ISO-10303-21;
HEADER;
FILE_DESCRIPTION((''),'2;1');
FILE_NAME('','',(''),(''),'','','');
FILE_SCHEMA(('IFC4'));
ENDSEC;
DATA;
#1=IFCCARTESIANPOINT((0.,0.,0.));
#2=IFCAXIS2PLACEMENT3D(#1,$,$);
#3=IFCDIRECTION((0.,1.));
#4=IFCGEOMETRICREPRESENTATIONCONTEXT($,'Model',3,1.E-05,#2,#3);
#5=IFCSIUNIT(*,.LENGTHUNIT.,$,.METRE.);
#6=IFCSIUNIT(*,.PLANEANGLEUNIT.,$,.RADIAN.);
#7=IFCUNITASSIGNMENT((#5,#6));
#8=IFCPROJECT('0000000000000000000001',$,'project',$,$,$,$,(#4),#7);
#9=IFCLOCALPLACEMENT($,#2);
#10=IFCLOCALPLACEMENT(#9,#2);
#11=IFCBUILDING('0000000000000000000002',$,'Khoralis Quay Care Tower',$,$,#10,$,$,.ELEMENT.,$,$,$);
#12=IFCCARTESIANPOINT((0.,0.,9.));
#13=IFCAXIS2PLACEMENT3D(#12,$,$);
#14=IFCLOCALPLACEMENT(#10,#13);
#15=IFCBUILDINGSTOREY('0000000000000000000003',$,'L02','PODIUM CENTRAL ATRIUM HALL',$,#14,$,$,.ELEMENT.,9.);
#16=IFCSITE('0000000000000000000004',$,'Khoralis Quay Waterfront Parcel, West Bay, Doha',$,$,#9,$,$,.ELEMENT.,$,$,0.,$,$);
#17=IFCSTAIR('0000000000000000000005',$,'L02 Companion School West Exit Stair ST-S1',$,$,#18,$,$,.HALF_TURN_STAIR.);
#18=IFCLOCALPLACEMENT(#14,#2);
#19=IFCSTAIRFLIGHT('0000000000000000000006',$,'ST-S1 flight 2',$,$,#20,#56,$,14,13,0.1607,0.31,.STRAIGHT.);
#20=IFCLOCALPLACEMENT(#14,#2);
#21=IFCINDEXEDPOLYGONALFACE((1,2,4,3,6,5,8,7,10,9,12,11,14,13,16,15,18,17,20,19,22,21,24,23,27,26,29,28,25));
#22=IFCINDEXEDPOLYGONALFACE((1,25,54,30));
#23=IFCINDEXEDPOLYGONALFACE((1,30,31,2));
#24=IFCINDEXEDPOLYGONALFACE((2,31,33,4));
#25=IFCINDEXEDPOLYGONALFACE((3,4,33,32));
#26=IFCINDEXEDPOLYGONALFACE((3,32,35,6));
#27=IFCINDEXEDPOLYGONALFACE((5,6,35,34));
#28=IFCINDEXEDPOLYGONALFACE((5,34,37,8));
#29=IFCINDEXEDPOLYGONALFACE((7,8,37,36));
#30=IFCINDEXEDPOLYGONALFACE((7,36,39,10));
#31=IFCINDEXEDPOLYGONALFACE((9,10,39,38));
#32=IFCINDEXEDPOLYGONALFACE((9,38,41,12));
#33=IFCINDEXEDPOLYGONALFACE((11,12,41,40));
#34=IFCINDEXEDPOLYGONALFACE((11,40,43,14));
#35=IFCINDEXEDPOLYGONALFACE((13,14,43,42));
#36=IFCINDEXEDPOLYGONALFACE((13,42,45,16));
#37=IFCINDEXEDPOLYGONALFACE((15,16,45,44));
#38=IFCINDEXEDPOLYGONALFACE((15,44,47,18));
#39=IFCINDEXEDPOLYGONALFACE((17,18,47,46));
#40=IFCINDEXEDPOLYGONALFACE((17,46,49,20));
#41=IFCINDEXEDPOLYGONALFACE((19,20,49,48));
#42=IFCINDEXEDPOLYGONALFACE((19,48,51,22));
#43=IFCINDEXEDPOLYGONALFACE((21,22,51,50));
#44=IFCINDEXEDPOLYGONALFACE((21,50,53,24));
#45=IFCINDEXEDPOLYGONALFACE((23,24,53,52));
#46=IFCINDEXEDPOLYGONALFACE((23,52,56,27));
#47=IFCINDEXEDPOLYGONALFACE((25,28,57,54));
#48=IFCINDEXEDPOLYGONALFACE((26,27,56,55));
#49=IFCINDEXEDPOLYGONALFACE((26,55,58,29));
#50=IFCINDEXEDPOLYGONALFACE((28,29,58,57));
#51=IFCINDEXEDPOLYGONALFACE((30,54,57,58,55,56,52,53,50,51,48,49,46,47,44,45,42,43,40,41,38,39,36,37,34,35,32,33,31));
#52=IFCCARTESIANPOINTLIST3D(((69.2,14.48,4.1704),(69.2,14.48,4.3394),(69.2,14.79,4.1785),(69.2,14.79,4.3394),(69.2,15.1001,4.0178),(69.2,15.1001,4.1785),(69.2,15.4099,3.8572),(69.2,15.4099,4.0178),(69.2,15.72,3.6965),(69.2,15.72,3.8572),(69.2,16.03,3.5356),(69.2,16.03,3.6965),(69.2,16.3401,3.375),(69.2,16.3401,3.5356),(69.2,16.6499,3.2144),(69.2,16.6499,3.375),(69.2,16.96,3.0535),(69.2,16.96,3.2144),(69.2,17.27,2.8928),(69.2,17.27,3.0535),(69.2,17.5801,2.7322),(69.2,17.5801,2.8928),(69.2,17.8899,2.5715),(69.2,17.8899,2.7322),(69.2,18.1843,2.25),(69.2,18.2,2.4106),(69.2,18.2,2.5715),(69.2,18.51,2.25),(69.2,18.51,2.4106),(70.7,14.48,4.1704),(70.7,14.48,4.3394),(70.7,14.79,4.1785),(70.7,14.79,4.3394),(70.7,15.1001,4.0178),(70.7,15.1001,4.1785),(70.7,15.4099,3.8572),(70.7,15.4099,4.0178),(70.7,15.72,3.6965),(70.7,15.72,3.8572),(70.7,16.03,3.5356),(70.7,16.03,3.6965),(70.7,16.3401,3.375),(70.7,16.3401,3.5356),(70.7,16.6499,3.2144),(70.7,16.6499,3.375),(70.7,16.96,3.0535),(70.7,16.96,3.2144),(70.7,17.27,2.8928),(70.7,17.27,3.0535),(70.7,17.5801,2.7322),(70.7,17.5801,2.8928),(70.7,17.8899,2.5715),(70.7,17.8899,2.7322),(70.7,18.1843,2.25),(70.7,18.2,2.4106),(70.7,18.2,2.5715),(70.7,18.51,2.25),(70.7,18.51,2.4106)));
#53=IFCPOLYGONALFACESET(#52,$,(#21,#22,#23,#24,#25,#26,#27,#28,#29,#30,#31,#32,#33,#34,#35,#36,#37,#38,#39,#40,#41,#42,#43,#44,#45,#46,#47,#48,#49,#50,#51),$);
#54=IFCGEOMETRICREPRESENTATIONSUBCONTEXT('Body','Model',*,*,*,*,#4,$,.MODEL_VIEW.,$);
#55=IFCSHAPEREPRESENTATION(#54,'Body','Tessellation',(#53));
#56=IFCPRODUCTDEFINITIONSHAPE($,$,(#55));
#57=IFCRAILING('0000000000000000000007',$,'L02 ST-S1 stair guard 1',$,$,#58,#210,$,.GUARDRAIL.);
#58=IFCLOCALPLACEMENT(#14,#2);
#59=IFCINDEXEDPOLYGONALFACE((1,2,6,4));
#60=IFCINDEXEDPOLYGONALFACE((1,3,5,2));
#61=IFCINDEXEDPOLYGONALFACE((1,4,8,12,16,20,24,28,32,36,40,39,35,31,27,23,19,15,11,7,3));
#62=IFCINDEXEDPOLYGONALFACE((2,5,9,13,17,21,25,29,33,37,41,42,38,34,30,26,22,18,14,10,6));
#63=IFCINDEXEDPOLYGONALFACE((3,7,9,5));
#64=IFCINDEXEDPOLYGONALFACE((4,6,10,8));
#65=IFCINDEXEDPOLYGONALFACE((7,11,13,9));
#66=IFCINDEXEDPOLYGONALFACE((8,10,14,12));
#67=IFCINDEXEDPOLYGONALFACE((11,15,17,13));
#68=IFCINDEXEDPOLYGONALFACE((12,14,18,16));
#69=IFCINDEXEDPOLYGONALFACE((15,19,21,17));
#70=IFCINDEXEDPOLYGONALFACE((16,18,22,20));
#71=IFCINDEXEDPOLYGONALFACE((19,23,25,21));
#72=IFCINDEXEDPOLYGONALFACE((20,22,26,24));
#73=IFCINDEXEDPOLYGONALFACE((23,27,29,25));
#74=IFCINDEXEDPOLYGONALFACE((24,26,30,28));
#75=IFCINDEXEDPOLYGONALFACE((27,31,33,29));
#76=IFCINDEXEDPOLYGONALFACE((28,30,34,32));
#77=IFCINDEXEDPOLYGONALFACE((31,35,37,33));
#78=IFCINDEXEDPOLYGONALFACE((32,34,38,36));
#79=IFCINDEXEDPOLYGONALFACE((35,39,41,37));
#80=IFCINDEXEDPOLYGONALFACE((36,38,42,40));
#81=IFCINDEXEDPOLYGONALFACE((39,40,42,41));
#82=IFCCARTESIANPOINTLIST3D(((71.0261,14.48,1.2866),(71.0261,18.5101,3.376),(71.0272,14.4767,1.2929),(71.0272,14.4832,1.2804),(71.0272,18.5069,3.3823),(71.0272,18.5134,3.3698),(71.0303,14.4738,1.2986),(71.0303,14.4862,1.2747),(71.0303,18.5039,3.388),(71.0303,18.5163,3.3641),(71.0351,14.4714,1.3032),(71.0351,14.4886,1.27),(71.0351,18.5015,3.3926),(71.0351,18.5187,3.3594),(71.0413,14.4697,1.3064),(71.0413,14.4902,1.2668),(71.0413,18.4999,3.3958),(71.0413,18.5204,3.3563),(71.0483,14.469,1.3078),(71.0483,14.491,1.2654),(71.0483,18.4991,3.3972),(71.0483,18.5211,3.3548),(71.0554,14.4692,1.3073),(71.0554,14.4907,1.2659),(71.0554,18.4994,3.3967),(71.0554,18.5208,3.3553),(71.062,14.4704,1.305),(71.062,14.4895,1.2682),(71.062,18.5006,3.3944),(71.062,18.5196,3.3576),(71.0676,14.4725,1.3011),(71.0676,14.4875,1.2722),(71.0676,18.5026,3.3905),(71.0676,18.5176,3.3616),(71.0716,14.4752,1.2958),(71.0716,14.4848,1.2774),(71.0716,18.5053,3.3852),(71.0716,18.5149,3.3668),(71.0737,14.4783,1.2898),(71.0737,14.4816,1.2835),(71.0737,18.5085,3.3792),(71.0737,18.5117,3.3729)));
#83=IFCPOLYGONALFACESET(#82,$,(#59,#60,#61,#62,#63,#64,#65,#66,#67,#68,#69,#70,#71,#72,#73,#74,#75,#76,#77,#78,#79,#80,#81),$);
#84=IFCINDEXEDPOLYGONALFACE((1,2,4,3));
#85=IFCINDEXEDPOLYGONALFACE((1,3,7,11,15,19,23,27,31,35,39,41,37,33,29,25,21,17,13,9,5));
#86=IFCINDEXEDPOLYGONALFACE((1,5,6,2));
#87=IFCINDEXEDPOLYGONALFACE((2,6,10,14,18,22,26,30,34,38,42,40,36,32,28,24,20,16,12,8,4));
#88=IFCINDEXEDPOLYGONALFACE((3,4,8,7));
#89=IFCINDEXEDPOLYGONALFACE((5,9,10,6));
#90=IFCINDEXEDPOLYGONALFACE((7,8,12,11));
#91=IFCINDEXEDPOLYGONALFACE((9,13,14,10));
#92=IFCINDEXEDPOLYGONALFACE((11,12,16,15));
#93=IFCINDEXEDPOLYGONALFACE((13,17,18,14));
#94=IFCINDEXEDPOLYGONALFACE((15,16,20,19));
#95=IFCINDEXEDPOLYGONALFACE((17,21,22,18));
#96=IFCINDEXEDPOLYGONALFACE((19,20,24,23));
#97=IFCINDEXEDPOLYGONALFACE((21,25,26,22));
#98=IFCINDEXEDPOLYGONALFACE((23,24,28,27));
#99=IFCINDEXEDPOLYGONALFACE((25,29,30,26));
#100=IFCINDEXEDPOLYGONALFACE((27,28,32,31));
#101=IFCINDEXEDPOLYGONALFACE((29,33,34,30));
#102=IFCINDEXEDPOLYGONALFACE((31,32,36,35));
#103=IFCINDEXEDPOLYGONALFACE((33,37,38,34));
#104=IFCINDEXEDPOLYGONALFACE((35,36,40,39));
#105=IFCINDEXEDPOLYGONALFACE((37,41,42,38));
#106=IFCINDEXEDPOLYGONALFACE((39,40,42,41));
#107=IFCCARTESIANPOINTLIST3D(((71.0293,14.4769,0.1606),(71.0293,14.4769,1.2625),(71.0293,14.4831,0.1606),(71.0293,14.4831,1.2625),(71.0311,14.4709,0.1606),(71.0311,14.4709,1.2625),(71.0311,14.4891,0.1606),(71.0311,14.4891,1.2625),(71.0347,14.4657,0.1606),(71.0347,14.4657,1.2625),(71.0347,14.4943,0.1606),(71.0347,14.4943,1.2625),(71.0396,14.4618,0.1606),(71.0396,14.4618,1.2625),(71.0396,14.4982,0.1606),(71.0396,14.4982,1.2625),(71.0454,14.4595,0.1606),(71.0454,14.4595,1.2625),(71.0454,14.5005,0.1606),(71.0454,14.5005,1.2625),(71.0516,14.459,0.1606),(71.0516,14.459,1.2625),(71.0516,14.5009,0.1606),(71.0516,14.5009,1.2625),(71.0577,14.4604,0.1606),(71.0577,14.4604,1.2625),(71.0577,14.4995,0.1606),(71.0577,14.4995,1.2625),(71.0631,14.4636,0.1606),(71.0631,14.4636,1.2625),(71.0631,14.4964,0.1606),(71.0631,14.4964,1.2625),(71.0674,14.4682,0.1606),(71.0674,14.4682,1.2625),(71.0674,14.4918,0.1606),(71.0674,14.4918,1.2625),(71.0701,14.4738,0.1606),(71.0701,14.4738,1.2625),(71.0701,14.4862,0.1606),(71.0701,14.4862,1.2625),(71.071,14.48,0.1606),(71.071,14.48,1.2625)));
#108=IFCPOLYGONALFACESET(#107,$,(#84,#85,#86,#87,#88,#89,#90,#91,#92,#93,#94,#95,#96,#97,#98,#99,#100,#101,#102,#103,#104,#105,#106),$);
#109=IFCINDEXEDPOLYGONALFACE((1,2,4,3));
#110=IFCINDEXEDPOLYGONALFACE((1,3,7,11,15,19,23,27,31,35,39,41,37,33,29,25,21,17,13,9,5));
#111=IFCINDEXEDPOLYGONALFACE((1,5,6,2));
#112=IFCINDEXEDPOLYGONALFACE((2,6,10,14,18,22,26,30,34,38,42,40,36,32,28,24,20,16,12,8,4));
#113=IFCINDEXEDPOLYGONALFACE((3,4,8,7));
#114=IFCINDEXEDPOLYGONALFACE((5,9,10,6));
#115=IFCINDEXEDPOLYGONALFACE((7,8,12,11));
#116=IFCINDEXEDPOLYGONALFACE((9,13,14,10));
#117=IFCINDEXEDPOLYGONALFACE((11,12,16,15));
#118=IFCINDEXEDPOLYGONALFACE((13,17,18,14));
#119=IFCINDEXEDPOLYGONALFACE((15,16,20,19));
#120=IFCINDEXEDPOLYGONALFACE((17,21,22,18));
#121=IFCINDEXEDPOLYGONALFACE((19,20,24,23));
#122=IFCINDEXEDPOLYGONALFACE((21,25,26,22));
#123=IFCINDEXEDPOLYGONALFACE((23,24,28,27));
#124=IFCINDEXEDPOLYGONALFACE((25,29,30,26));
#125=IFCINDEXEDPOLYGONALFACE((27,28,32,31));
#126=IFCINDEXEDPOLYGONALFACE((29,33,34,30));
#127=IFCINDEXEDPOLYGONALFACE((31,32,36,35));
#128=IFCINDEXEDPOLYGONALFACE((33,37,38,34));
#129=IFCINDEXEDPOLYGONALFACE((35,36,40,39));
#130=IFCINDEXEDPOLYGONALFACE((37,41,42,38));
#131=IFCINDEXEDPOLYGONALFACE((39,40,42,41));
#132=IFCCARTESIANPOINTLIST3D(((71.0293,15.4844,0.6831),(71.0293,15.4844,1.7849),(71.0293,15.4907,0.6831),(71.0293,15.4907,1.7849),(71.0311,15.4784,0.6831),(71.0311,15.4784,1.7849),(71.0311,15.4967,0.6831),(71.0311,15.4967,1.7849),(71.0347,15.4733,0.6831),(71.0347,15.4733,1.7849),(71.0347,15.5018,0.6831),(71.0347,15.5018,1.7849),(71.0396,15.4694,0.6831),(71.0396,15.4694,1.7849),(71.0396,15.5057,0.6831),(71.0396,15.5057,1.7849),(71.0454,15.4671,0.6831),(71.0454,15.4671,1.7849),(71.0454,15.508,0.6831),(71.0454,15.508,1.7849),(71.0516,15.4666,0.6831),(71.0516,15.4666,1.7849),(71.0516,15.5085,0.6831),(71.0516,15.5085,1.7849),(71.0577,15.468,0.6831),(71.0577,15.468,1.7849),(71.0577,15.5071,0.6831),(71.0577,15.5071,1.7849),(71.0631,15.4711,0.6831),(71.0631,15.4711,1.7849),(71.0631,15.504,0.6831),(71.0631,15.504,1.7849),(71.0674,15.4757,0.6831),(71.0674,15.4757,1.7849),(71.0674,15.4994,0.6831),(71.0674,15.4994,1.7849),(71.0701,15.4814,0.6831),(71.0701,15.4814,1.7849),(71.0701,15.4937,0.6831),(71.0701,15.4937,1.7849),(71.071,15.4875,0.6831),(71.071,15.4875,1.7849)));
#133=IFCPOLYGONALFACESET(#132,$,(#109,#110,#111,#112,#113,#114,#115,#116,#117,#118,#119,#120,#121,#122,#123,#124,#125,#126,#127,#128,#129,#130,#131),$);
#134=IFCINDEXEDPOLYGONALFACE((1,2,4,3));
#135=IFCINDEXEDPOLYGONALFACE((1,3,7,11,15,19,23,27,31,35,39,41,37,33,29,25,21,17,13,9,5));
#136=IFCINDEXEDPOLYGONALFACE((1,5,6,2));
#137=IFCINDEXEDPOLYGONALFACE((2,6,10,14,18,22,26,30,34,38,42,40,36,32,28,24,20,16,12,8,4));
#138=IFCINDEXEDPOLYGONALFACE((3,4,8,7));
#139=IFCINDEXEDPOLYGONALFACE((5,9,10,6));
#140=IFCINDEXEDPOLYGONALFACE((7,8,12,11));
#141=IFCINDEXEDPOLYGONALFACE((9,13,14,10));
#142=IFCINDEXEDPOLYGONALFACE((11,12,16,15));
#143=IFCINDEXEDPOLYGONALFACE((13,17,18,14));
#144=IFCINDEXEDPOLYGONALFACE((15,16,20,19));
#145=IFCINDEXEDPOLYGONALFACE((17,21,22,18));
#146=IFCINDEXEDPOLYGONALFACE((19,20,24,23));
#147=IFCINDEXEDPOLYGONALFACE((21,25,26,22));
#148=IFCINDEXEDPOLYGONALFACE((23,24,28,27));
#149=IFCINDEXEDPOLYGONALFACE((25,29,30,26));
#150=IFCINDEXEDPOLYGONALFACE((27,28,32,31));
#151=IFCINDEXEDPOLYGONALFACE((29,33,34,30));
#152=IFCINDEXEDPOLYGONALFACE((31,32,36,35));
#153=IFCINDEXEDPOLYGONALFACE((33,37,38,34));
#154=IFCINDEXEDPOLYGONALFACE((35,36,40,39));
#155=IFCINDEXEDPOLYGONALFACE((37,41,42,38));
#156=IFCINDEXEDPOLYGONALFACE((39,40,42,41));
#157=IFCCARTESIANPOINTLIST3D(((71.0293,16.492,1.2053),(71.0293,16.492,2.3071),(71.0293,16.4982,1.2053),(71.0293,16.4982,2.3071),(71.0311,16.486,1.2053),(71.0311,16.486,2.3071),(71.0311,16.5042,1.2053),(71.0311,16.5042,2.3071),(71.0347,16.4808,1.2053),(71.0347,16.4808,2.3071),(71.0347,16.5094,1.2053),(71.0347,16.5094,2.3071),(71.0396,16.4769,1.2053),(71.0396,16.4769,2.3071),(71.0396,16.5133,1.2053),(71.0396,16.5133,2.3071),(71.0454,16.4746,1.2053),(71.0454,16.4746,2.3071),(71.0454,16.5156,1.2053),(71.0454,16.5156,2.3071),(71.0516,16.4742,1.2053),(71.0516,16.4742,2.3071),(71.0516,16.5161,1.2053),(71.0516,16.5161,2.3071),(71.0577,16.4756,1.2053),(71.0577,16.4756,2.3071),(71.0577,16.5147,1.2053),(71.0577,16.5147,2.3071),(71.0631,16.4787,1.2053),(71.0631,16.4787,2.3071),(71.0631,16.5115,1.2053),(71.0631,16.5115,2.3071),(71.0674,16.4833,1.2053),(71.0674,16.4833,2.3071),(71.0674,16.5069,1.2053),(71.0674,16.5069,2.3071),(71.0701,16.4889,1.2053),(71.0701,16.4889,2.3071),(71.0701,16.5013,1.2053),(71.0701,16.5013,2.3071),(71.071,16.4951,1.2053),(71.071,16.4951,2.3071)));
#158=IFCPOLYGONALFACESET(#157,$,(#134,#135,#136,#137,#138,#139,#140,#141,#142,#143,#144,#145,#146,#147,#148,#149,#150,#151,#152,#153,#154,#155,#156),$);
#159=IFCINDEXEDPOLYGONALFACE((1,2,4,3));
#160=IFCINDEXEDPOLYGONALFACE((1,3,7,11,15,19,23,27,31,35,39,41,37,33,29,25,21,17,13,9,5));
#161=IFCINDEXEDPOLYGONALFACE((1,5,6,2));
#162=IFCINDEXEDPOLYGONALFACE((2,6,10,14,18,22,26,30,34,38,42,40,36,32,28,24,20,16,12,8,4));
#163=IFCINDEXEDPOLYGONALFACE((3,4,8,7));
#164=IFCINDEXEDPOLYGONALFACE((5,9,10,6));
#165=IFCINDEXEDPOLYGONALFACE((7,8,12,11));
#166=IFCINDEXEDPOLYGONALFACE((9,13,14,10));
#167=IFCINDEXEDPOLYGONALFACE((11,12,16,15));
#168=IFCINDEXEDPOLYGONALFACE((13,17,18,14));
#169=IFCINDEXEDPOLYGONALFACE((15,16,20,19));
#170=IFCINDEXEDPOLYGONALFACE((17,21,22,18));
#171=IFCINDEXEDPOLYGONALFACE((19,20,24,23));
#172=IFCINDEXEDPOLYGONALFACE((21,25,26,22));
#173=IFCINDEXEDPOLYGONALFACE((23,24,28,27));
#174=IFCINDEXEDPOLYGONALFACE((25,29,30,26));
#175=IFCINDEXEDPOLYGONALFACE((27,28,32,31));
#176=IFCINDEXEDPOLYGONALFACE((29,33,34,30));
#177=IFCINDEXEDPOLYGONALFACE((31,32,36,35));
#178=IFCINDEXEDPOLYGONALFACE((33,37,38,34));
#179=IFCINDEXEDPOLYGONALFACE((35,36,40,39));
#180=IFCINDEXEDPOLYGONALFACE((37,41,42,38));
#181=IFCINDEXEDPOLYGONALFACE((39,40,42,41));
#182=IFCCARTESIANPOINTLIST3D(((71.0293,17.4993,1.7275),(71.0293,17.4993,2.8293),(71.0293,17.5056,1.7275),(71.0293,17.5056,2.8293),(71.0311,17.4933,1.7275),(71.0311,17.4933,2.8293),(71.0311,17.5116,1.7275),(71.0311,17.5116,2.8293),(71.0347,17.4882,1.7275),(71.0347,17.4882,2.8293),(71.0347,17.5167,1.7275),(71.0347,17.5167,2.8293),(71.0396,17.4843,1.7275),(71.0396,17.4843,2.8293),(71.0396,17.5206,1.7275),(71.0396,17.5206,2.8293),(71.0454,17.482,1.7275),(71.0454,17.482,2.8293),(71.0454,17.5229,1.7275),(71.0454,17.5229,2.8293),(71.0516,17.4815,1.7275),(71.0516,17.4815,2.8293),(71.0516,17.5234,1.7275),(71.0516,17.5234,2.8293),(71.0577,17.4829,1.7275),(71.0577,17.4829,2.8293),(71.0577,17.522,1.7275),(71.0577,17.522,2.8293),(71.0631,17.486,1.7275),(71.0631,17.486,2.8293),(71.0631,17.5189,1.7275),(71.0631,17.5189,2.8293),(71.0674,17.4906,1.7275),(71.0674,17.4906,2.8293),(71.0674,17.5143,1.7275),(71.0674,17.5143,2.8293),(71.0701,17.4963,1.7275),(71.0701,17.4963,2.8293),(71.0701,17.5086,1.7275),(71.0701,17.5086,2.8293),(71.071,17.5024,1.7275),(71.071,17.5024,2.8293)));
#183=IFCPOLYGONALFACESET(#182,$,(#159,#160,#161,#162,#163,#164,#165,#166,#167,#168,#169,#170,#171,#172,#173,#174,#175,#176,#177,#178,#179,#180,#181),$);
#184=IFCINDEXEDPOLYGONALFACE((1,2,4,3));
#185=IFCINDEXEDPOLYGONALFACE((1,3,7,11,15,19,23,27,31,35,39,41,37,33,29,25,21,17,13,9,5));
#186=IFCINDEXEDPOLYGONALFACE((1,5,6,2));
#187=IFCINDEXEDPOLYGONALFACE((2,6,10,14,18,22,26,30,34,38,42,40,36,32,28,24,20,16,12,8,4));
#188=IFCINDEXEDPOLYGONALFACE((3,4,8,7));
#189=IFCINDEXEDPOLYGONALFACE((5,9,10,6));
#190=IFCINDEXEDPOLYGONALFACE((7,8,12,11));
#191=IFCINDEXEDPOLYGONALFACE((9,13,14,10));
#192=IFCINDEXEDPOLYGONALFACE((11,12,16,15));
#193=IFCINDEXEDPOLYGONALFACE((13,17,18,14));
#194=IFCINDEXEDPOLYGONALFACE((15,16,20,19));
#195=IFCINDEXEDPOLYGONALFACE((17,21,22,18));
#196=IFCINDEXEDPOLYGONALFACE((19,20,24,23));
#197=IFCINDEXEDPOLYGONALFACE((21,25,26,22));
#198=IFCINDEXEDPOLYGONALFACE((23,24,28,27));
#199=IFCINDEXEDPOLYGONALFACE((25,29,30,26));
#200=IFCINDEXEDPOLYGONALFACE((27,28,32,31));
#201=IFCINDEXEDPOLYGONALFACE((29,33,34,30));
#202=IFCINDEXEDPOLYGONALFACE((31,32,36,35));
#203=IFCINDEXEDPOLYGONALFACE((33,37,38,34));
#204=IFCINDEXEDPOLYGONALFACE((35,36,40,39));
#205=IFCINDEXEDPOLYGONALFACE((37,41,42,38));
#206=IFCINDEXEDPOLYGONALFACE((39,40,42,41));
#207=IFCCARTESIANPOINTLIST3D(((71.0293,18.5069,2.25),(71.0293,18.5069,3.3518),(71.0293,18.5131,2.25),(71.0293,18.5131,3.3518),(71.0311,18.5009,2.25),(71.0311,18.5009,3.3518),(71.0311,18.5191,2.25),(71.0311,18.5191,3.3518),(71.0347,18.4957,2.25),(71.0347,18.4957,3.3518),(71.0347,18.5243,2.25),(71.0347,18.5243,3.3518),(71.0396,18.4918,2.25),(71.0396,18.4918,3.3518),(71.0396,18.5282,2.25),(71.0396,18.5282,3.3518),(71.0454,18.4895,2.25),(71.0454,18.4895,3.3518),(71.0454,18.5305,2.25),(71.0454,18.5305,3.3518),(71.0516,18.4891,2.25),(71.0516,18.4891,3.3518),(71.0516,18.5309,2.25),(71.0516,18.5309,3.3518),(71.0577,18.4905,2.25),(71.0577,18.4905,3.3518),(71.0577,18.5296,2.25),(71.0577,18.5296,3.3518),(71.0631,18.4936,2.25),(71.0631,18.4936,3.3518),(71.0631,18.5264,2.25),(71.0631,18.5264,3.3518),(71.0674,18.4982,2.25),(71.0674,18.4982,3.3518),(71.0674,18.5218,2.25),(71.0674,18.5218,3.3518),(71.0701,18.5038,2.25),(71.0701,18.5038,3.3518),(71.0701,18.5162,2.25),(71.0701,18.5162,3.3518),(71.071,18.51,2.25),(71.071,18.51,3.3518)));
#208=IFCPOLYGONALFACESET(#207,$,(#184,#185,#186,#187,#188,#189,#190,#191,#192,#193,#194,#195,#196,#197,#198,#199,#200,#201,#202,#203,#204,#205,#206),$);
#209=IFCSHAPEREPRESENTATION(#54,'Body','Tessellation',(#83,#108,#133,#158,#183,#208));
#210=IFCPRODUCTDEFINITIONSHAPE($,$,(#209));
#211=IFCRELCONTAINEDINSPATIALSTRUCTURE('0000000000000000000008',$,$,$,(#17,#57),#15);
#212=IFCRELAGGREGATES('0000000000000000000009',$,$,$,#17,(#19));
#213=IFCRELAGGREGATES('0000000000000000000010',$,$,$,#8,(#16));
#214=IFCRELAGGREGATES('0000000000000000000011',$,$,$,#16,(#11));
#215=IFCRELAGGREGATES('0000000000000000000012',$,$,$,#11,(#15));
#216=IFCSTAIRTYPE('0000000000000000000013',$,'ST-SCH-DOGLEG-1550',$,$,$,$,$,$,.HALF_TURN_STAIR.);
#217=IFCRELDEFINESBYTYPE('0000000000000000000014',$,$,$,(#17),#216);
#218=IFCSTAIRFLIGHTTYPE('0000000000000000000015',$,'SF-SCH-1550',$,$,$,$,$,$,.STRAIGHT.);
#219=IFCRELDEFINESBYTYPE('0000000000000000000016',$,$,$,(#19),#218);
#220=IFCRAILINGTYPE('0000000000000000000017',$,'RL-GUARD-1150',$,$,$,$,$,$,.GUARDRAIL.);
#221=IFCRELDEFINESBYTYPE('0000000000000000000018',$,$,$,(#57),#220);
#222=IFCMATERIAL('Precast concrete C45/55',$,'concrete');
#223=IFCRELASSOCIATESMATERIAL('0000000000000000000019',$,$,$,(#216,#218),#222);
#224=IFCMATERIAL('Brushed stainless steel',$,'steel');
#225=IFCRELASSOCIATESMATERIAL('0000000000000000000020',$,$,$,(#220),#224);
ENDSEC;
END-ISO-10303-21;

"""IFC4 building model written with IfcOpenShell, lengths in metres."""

from ifc_helpers import new_model, si_unit, direction, frame, origin, origin_2d, place, context, subcontext, project, spatial, polyline, circle, outline, extrude, source, transform, mapped, material, type_object, element, aggregate, save


model = new_model("IFC4")

# Units and contexts
model_context = context("Model", 3, precision=1e-05, world=origin(), true_north=direction((0.0, 1.0)))
body_context = subcontext(model_context, "Body", "Model", "MODEL_VIEW")
ifc_project = project(units=[si_unit("LENGTHUNIT", "METRE"), si_unit("PLANEANGLEUNIT", "RADIAN")], contexts=[model_context])

# Site, building, storey
site_placement = place(None, origin())
site = spatial("IfcSite", under=ifc_project, at=site_placement, Name="Khoralis Quay Waterfront Parcel, West Bay, Doha", CompositionType="ELEMENT", RefElevation=0.0)
building_placement = place(site_placement, origin())
building = spatial("IfcBuilding", under=site, at=building_placement, Name="Khoralis Quay Care Tower", CompositionType="ELEMENT")
storey_placement = place(building_placement, frame((0.0, 0.0, 9.0)))
storey = spatial("IfcBuildingStorey", under=building, at=storey_placement, Name="L02", Description="PODIUM CENTRAL ATRIUM HALL", CompositionType="ELEMENT", Elevation=9.0)

# Stair, stair flight
ifc_material_1 = material(Name="Precast concrete C45/55", Category="concrete")
stair_type = type_object("IfcStairType", Name="ST-SCH-DOGLEG-1550", PredefinedType="HALF_TURN_STAIR", material=ifc_material_1)
stair_placement = place(storey_placement, origin())
stair = element("IfcStair", 1, at=stair_placement, inside=storey, type_object=stair_type, Name="L02 Companion School West Exit Stair ST-S1", PredefinedType="HALF_TURN_STAIR")
stair_flight_type = type_object("IfcStairFlightType", Name="SF-SCH-1550", PredefinedType="STRAIGHT", material=ifc_material_1)
shared_shape_1 = source(origin(), body_context, "Body", "SweptSolid", [
    extrude(outline(polyline([(0.0, 0.0), (0.0, 0.1606), (0.3101, 0.1606), (0.3101, 0.3215), (0.6201, 0.3215), (0.6201, 0.4822), (0.9299, 0.4822), (0.9299, 0.6428), (1.24, 0.6428), (1.24, 0.8035), (1.55, 0.8035), (1.55, 0.9644), (1.8601, 0.9644), (1.8601, 1.125), (2.1699, 1.125), (2.1699, 1.2856), (2.48, 1.2856), (2.48, 1.4465), (2.79, 1.4465), (2.79, 1.6072), (3.1001, 1.6072), (3.1001, 1.7678), (3.4099, 1.7678), (3.4099, 1.9285), (3.72, 1.9285), (3.72, 2.0894), (4.03, 2.0894), (4.03, 2.25), (4.03, 1.9204), (0.3257, 0.0), (0.0, 0.0)])), frame((0.0, 0.75, 0.0), z_axis=(0.0, -1.0, 0.0), x_axis=(1.0, 0.0, 0.0)), (0.0, 0.0, 1.0), 1.5),
])
stair_flight_1_placement = place(storey_placement, frame((69.95, 18.51, 2.25), z_axis=(0.0, 0.0, 1.0), x_axis=(0.0, -1.0, 0.0)))
stair_flight_1 = element("IfcStairFlight", 2, at=stair_flight_1_placement, type_object=stair_flight_type, Name="ST-S1 flight 2", NumberOfRisers=14, NumberOfTreads=13, PredefinedType="STRAIGHT", RiserHeight=0.1607, TreadLength=0.31, context=body_context, shape_type="MappedRepresentation", body=[
    mapped(shared_shape_1, transform((0.0, 0.0, 0.0), scale=1.0)),
])
aggregate(stair, [stair_flight_1])

# Railing
ifc_material_2 = material(Name="Brushed stainless steel", Category="steel")
railing_type_1 = type_object("IfcRailingType", Name="RL-GUARD-1150", PredefinedType="GUARDRAIL", material=ifc_material_2)
railing_1_placement = place(storey_placement, frame((71.05, 14.48, 0.1606)))
element("IfcRailing", 3, at=railing_1_placement, inside=storey, type_object=railing_type_1, Name="L02 ST-S1 stair guard 1", PredefinedType="GUARDRAIL", context=body_context, shape_type="SweptSolid", body=[
    extrude(circle(Radius=0.0239, at=origin_2d()), frame((0.0, 0.0, 1.126), z_axis=(0.0, 0.887781, 0.460267), x_axis=(-1.0, 0.0, 0.0)), (0.0, 0.0, 1.0), 4.5396),
    extrude(circle(Radius=0.021, at=origin_2d()), origin(), (0.0, 0.0, 1.0), 1.1018),
    extrude(circle(Radius=0.021, at=origin_2d()), frame((0.0, 1.0076, 0.5225)), (0.0, 0.0, 1.0), 1.1018),
    extrude(circle(Radius=0.021, at=origin_2d()), frame((0.0, 2.0151, 1.0447)), (0.0, 0.0, 1.0), 1.1018),
    extrude(circle(Radius=0.021, at=origin_2d()), frame((0.0, 3.0225, 1.5669)), (0.0, 0.0, 1.0), 1.1018),
    extrude(circle(Radius=0.021, at=origin_2d()), frame((0.0, 4.03, 2.0894)), (0.0, 0.0, 1.0), 1.1018),
])

save(model, "model.ifc")
